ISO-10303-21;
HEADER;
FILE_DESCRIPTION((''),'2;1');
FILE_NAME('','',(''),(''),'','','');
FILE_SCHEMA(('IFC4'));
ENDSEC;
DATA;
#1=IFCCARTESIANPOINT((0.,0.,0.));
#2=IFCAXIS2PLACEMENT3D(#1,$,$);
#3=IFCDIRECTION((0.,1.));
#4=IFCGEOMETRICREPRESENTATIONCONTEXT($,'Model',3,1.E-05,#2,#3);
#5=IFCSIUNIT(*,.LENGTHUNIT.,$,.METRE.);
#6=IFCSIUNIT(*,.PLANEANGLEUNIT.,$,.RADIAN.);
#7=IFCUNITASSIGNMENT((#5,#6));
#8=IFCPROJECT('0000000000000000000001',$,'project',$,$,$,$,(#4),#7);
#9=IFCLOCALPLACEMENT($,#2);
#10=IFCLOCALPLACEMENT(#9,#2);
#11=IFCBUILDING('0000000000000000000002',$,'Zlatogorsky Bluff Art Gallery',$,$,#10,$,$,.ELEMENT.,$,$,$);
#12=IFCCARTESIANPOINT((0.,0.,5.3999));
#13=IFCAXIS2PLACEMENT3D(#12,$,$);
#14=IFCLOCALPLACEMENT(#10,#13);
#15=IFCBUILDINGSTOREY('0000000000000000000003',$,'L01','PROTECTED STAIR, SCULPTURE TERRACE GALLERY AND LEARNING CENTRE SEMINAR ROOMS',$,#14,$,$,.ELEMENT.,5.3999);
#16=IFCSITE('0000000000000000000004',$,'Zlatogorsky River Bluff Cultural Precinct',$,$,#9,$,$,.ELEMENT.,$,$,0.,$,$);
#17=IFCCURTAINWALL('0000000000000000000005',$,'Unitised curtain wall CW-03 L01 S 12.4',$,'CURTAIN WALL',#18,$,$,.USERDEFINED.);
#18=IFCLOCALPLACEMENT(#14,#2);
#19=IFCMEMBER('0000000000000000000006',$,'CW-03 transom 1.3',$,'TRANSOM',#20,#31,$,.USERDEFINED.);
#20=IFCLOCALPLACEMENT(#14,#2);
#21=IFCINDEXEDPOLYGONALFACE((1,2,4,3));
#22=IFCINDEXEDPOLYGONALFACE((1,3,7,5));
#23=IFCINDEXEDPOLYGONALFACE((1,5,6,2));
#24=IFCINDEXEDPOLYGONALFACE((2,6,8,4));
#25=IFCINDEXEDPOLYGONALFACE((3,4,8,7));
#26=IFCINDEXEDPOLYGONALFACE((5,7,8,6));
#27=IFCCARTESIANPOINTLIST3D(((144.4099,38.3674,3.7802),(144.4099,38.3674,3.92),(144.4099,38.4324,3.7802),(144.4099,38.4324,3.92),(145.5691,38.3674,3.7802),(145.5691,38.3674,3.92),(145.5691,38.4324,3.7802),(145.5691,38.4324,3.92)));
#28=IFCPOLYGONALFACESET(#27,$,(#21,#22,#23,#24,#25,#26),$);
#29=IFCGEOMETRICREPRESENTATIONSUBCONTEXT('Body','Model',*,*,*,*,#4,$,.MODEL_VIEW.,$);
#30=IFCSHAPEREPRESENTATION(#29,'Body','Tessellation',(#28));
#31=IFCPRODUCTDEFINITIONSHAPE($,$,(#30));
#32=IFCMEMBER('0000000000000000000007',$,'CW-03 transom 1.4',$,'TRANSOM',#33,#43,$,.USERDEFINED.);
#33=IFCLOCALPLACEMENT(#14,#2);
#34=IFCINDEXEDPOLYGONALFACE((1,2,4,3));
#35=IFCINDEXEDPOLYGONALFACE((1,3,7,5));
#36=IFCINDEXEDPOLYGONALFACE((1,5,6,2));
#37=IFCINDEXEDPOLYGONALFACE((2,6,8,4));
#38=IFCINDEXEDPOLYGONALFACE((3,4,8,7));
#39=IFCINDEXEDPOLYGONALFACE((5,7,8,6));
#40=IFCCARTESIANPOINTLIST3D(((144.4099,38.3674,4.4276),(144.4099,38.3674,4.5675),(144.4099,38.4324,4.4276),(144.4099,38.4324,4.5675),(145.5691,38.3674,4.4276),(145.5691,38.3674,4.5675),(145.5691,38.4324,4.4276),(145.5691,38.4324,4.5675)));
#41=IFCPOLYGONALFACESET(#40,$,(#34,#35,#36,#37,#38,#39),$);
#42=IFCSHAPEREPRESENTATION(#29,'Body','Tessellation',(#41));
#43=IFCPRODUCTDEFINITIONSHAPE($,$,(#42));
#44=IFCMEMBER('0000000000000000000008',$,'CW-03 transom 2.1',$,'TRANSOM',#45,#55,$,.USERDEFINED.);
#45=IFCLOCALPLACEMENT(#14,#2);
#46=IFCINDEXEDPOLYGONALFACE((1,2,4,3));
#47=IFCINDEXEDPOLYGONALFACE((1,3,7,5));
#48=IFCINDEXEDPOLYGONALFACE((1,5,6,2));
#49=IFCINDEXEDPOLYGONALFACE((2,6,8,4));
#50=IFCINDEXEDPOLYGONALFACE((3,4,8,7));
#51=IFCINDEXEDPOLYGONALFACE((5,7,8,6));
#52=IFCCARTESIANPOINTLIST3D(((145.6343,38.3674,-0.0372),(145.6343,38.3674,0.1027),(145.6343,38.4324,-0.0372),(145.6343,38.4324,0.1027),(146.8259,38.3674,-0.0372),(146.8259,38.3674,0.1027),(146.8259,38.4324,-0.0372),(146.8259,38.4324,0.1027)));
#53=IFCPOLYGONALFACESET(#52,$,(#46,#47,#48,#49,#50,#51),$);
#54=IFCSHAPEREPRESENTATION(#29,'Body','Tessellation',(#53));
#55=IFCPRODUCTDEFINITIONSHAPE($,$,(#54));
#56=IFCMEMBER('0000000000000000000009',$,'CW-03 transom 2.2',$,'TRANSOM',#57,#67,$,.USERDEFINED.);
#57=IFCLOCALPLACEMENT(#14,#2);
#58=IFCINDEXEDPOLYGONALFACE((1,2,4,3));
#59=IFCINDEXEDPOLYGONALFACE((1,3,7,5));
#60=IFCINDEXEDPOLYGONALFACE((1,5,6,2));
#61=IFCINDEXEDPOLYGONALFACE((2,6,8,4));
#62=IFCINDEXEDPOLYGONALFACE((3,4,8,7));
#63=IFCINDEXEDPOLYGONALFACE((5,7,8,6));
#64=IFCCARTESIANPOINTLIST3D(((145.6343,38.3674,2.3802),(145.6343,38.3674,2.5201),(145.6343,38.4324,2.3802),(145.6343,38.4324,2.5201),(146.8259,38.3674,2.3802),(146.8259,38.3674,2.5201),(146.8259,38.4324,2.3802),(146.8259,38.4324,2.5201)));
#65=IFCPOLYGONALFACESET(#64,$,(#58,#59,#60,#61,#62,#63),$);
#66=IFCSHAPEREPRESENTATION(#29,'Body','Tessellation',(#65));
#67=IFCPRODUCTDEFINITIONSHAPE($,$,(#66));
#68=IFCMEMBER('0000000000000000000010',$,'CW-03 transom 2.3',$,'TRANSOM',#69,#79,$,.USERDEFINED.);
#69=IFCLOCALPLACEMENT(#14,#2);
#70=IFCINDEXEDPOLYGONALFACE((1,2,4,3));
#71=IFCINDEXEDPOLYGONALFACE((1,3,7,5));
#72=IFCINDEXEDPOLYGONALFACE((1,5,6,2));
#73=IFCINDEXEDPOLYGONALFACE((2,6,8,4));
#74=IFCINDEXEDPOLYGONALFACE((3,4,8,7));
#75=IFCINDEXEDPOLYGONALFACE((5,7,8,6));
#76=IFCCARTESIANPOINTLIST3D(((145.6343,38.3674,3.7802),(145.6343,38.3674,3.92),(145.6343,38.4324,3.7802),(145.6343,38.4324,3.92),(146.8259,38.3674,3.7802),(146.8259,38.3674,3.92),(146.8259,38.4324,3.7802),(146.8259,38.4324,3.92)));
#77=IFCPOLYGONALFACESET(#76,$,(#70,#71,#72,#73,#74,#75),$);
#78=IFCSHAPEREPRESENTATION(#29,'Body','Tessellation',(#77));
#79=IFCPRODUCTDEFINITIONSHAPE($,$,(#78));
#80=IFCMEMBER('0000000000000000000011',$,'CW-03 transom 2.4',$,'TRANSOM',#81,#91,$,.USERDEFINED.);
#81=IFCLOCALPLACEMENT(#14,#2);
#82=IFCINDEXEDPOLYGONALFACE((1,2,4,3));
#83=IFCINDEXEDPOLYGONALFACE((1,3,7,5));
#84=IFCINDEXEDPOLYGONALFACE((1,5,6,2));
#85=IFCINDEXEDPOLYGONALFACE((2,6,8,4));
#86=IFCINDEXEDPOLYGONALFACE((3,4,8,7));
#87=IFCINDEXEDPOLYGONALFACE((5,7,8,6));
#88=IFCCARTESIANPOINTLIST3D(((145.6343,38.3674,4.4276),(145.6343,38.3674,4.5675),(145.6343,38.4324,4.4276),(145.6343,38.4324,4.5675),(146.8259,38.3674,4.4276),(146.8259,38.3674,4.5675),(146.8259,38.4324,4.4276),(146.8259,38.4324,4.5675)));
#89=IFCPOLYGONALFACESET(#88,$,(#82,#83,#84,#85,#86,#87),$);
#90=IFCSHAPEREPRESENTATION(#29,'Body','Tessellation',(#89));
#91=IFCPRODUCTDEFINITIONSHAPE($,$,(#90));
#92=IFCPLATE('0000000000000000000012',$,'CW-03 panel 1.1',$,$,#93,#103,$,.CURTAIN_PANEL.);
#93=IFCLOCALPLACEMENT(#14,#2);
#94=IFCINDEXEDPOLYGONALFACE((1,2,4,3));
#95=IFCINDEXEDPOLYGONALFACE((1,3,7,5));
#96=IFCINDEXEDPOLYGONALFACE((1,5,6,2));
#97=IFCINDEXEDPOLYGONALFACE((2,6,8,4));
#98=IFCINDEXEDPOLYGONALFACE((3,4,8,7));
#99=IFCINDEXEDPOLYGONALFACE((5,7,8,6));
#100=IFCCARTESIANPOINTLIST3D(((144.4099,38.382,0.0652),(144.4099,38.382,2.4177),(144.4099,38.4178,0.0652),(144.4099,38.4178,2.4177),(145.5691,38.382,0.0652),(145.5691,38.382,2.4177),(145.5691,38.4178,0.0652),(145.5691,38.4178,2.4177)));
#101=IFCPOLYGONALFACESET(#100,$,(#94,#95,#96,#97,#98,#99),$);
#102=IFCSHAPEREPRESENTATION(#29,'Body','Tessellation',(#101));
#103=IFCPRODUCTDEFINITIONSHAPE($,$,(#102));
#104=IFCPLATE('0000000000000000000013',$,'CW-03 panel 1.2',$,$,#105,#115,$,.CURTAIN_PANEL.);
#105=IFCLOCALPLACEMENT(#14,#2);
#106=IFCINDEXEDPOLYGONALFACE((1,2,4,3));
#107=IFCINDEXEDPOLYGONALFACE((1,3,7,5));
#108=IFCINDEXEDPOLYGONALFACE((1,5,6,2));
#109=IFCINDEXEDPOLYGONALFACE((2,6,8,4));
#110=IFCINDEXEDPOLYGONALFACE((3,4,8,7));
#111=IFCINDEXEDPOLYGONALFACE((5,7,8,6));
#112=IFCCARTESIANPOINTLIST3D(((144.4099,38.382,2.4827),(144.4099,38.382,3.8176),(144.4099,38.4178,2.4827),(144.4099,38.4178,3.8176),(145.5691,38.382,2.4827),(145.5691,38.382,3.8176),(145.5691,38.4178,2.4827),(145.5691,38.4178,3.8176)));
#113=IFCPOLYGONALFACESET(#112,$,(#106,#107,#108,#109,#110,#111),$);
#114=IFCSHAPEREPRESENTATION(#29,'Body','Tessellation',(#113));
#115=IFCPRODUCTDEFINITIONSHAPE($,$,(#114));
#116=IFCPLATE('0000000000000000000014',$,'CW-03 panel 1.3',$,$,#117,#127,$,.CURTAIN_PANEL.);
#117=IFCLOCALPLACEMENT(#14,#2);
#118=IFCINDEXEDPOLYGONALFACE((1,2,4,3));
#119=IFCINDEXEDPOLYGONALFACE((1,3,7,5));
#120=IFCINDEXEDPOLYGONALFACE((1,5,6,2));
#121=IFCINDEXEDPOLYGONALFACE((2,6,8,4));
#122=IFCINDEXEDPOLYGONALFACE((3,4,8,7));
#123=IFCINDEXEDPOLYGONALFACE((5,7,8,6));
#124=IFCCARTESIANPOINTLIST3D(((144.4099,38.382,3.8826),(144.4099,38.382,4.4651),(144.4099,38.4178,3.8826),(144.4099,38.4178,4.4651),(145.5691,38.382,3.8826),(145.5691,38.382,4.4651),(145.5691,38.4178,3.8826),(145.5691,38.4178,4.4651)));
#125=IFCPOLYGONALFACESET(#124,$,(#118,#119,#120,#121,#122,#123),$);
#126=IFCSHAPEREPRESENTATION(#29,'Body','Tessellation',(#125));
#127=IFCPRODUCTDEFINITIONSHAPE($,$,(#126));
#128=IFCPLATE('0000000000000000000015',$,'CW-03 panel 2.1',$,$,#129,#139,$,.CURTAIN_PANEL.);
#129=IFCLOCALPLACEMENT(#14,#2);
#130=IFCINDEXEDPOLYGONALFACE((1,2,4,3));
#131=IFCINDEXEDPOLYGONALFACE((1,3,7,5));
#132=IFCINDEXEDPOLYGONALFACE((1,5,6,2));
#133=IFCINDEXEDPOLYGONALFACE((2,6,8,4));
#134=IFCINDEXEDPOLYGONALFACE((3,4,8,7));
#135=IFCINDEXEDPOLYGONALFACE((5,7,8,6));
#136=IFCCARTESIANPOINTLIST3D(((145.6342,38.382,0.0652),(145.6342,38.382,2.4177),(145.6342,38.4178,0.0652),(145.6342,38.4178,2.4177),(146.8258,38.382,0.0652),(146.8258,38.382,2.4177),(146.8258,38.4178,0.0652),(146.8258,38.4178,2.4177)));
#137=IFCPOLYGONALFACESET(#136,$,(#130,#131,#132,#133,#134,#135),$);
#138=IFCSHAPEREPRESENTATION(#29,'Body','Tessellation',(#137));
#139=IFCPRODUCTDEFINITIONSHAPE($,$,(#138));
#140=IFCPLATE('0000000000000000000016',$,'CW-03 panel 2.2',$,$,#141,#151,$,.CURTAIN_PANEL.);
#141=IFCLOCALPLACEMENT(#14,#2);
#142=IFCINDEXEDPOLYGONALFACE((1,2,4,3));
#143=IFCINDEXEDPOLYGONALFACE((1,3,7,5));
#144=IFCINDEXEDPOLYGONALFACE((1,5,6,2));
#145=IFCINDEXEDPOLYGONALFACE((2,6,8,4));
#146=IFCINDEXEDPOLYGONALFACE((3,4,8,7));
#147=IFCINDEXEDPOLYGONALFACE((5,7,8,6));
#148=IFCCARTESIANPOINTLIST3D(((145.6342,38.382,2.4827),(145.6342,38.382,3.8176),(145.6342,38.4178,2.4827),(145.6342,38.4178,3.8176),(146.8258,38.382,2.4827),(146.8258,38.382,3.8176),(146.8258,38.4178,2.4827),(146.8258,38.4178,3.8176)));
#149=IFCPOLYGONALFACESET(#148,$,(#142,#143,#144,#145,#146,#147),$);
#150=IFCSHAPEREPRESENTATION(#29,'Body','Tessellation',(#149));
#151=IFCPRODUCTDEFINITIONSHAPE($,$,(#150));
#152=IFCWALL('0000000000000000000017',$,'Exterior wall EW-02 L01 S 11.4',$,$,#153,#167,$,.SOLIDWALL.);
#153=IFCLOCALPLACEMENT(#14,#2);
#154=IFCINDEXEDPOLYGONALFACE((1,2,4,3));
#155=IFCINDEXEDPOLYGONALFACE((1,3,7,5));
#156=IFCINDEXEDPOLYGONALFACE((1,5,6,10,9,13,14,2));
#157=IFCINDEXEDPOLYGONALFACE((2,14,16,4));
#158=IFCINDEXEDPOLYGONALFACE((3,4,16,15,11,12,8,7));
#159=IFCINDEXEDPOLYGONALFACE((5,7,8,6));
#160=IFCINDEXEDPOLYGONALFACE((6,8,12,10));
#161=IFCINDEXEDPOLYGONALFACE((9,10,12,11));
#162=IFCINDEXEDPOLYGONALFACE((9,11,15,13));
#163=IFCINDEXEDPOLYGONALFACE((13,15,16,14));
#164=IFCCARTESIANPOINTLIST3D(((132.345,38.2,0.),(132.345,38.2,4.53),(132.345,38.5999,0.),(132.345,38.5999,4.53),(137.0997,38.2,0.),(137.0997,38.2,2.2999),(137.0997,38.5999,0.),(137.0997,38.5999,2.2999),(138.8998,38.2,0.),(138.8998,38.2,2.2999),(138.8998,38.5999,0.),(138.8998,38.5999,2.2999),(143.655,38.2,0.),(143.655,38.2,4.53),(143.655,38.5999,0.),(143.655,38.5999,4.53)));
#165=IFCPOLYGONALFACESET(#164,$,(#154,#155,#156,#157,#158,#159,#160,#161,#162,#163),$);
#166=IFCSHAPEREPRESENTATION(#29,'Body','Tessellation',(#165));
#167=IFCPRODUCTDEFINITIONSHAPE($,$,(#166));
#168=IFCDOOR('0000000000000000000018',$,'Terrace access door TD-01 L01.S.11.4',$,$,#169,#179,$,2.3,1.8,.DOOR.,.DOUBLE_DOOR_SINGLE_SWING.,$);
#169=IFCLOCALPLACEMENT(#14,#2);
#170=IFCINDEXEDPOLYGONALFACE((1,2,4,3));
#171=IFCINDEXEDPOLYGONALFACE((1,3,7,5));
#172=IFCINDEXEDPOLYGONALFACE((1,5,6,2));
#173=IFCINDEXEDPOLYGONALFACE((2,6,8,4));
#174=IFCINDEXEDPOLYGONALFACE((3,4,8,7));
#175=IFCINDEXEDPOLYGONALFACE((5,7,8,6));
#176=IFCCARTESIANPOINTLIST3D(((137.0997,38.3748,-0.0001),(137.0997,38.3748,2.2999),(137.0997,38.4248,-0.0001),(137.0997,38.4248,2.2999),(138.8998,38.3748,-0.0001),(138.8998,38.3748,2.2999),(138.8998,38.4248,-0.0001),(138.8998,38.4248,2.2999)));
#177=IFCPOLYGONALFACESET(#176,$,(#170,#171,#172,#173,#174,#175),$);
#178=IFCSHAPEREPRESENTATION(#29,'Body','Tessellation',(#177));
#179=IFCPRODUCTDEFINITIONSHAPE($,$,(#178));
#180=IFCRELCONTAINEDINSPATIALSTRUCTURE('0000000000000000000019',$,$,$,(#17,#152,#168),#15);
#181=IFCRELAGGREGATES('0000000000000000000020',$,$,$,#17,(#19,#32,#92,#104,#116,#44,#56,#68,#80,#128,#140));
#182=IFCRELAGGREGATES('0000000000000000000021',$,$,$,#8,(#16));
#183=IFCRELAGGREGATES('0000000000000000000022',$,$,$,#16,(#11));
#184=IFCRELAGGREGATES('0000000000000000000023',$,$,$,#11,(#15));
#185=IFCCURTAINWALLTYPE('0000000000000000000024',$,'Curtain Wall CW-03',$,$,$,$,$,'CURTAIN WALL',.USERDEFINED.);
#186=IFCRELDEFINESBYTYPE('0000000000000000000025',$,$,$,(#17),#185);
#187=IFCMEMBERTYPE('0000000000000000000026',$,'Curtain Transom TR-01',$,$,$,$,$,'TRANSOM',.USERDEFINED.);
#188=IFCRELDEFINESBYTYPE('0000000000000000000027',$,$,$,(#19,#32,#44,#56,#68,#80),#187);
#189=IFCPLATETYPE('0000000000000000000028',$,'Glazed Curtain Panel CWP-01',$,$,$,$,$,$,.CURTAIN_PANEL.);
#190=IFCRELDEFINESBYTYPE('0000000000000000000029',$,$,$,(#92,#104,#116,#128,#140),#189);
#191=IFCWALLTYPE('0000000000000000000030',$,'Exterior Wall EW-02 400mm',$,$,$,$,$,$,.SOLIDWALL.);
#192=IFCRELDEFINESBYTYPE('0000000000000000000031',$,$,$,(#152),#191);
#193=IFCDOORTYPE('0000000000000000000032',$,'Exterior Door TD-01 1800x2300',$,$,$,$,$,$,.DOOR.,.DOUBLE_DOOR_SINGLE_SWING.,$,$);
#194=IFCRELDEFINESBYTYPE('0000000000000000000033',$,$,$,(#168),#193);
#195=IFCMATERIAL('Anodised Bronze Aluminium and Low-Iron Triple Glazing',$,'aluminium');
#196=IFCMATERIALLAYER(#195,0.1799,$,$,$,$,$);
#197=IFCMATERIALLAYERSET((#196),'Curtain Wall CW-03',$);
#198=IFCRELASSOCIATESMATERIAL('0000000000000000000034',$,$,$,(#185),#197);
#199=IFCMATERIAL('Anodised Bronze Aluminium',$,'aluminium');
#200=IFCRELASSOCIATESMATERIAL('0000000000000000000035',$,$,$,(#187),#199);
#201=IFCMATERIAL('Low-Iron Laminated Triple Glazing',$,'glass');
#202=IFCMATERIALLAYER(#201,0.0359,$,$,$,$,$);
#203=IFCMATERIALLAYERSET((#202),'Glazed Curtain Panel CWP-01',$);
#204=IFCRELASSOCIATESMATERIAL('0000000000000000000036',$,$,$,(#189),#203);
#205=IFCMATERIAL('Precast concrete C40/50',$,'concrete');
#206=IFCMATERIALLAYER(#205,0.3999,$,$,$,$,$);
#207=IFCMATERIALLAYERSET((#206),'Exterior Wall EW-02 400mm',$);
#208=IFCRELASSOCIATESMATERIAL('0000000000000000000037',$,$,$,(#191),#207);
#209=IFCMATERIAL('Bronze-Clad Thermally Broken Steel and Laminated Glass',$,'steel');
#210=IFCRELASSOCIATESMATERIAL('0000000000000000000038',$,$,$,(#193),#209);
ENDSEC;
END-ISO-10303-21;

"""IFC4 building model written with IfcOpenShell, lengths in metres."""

from ifc_helpers import new_model, si_unit, direction, frame, frame_2d, origin, origin_2d, place, context, subcontext, project, spatial, rectangle, extrude, material, layer, layer_set, material_profile, profile_set, type_object, element, fill, aggregate, save


model = new_model("IFC4")

# Units and contexts
model_context = context("Model", 3, precision=1e-05, world=origin(), true_north=direction((0.0, 1.0)))
body_context = subcontext(model_context, "Body", "Model", "MODEL_VIEW")
ifc_project = project(units=[si_unit("LENGTHUNIT", "METRE"), si_unit("PLANEANGLEUNIT", "RADIAN")], contexts=[model_context])

# Site, building, storey
site_placement = place(None, origin())
site = spatial("IfcSite", under=ifc_project, at=site_placement, Name="Zlatogorsky River Bluff Cultural Precinct", CompositionType="ELEMENT", RefElevation=0.0)
building_placement = place(site_placement, origin())
building = spatial("IfcBuilding", under=site, at=building_placement, Name="Zlatogorsky Bluff Art Gallery", CompositionType="ELEMENT")
storey_placement = place(building_placement, frame((0.0, 0.0, 5.3999)))
storey = spatial("IfcBuildingStorey", under=building, at=storey_placement, Name="L01", Description="PROTECTED STAIR, SCULPTURE TERRACE GALLERY AND LEARNING CENTRE SEMINAR ROOMS", CompositionType="ELEMENT", Elevation=5.3999)

# Curtain wall, members, plates
ifc_material_1 = material(Name="Anodised Bronze Aluminium and Low-Iron Triple Glazing", Category="aluminium")
ifc_layer_1 = layer(ifc_material_1, 0.1799)
ifc_layer_set_1 = layer_set([ifc_layer_1], Name="Curtain Wall CW-03")
curtain_wall_type = type_object("IfcCurtainWallType", Name="Curtain Wall CW-03", ElementType="CURTAIN WALL", PredefinedType="USERDEFINED", material=ifc_layer_set_1)
curtain_wall_placement = place(storey_placement, origin())
curtain_wall = element("IfcCurtainWall", 1, at=curtain_wall_placement, inside=storey, type_object=curtain_wall_type, Name="Unitised curtain wall CW-03 L01 S 12.4", ObjectType="CURTAIN WALL", PredefinedType="USERDEFINED")
ifc_material_2 = material(Name="Anodised Bronze Aluminium", Category="aluminium")
ifc_material_profile_1 = material_profile(ifc_material_2, rectangle(XDim=0.0649, YDim=0.1399, at=origin_2d()), Name="ALU TRANSOM 65x140")
ifc_profile_set_1 = profile_set([ifc_material_profile_1], Name="Anodised Bronze Aluminium")
member_type_1 = type_object("IfcMemberType", Name="Curtain Transom TR-01", ElementType="TRANSOM", PredefinedType="USERDEFINED", material=ifc_profile_set_1)
member_1_placement = place(storey_placement, frame((144.4099, 38.3999, 3.8501), z_axis=(1.0, 0.0, 0.0), x_axis=(0.0, 1.0, 0.0)))
member_1 = element("IfcMember", 2, at=member_1_placement, type_object=member_type_1, Name="CW-03 transom 1.3", ObjectType="TRANSOM", PredefinedType="USERDEFINED", context=body_context, shape_type="SweptSolid", body=[
    extrude(rectangle(XDim=0.0649, YDim=0.1399, at=origin_2d()), origin(), (0.0, 0.0, 1.0), 1.1592),
])
member_2_placement = place(storey_placement, frame((144.4099, 38.3999, 4.4976), z_axis=(1.0, 0.0, 0.0), x_axis=(0.0, 1.0, 0.0)))
member_2 = element("IfcMember", 3, at=member_2_placement, type_object=member_type_1, Name="CW-03 transom 1.4", ObjectType="TRANSOM", PredefinedType="USERDEFINED", context=body_context, shape_type="SweptSolid", body=[
    extrude(rectangle(XDim=0.0649, YDim=0.1399, at=origin_2d()), origin(), (0.0, 0.0, 1.0), 1.1592),
])
member_3_placement = place(storey_placement, frame((145.6343, 38.3999, 0.0327), z_axis=(1.0, 0.0, 0.0), x_axis=(0.0, 1.0, 0.0)))
member_3 = element("IfcMember", 4, at=member_3_placement, type_object=member_type_1, Name="CW-03 transom 2.1", ObjectType="TRANSOM", PredefinedType="USERDEFINED", context=body_context, shape_type="SweptSolid", body=[
    extrude(rectangle(XDim=0.0649, YDim=0.1399, at=origin_2d()), origin(), (0.0, 0.0, 1.0), 1.1917),
])
member_4_placement = place(storey_placement, frame((145.6343, 38.3999, 2.4502), z_axis=(1.0, 0.0, 0.0), x_axis=(0.0, 1.0, 0.0)))
member_4 = element("IfcMember", 5, at=member_4_placement, type_object=member_type_1, Name="CW-03 transom 2.2", ObjectType="TRANSOM", PredefinedType="USERDEFINED", context=body_context, shape_type="SweptSolid", body=[
    extrude(rectangle(XDim=0.0649, YDim=0.1399, at=origin_2d()), origin(), (0.0, 0.0, 1.0), 1.1917),
])
member_5_placement = place(storey_placement, frame((145.6343, 38.3999, 3.8501), z_axis=(1.0, 0.0, 0.0), x_axis=(0.0, 1.0, 0.0)))
member_5 = element("IfcMember", 6, at=member_5_placement, type_object=member_type_1, Name="CW-03 transom 2.3", ObjectType="TRANSOM", PredefinedType="USERDEFINED", context=body_context, shape_type="SweptSolid", body=[
    extrude(rectangle(XDim=0.0649, YDim=0.1399, at=origin_2d()), origin(), (0.0, 0.0, 1.0), 1.1917),
])
member_6_placement = place(storey_placement, frame((145.6343, 38.3999, 4.4976), z_axis=(1.0, 0.0, 0.0), x_axis=(0.0, 1.0, 0.0)))
member_6 = element("IfcMember", 7, at=member_6_placement, type_object=member_type_1, Name="CW-03 transom 2.4", ObjectType="TRANSOM", PredefinedType="USERDEFINED", context=body_context, shape_type="SweptSolid", body=[
    extrude(rectangle(XDim=0.0649, YDim=0.1399, at=origin_2d()), origin(), (0.0, 0.0, 1.0), 1.1917),
])
ifc_material_3 = material(Name="Low-Iron Laminated Triple Glazing", Category="glass")
ifc_layer_2 = layer(ifc_material_3, 0.0359)
ifc_layer_set_2 = layer_set([ifc_layer_2], Name="Glazed Curtain Panel CWP-01")
plate_type = type_object("IfcPlateType", Name="Glazed Curtain Panel CWP-01", PredefinedType="CURTAIN_PANEL", material=ifc_layer_set_2)
plate_1_placement = place(storey_placement, frame((144.9895, 38.3999, 0.0652), z_axis=(0.0, 0.0, 1.0), x_axis=(1.0, 0.0, 0.0)))
plate_1 = element("IfcPlate", 8, at=plate_1_placement, type_object=plate_type, Name="CW-03 panel 1.1", PredefinedType="CURTAIN_PANEL", context=body_context, shape_type="SweptSolid", body=[
    extrude(rectangle(XDim=1.1592, YDim=0.0359, at=origin_2d()), origin(), (0.0, 0.0, 1.0), 2.3525),
])
plate_2_placement = place(storey_placement, frame((144.9895, 38.3999, 2.4827), z_axis=(0.0, 0.0, 1.0), x_axis=(1.0, 0.0, 0.0)))
plate_2 = element("IfcPlate", 9, at=plate_2_placement, type_object=plate_type, Name="CW-03 panel 1.2", PredefinedType="CURTAIN_PANEL", context=body_context, shape_type="SweptSolid", body=[
    extrude(rectangle(XDim=1.1592, YDim=0.0359, at=origin_2d()), origin(), (0.0, 0.0, 1.0), 1.335),
])
plate_3_placement = place(storey_placement, frame((144.9895, 38.3999, 3.8826), z_axis=(0.0, 0.0, 1.0), x_axis=(1.0, 0.0, 0.0)))
plate_3 = element("IfcPlate", 10, at=plate_3_placement, type_object=plate_type, Name="CW-03 panel 1.3", PredefinedType="CURTAIN_PANEL", context=body_context, shape_type="SweptSolid", body=[
    extrude(rectangle(XDim=1.1592, YDim=0.0359, at=origin_2d()), origin(), (0.0, 0.0, 1.0), 0.5825),
])
plate_4_placement = place(storey_placement, frame((146.23, 38.3999, 0.0652), z_axis=(0.0, 0.0, 1.0), x_axis=(1.0, 0.0, 0.0)))
plate_4 = element("IfcPlate", 11, at=plate_4_placement, type_object=plate_type, Name="CW-03 panel 2.1", PredefinedType="CURTAIN_PANEL", context=body_context, shape_type="SweptSolid", body=[
    extrude(rectangle(XDim=1.1917, YDim=0.0359, at=origin_2d()), origin(), (0.0, 0.0, 1.0), 2.3525),
])
plate_5_placement = place(storey_placement, frame((146.23, 38.3999, 2.4827), z_axis=(0.0, 0.0, 1.0), x_axis=(1.0, 0.0, 0.0)))
plate_5 = element("IfcPlate", 12, at=plate_5_placement, type_object=plate_type, Name="CW-03 panel 2.2", PredefinedType="CURTAIN_PANEL", context=body_context, shape_type="SweptSolid", body=[
    extrude(rectangle(XDim=1.1917, YDim=0.0359, at=origin_2d()), origin(), (0.0, 0.0, 1.0), 1.335),
])
aggregate(curtain_wall, [member_1, member_2, plate_1, plate_2, plate_3, member_3, member_4, member_5, member_6, plate_4, plate_5])

# Wall, opening, door
ifc_material_4 = material(Name="Precast concrete C40/50", Category="concrete")
ifc_layer_3 = layer(ifc_material_4, 0.3999)
ifc_layer_set_3 = layer_set([ifc_layer_3], Name="Exterior Wall EW-02 400mm")
wall_type = type_object("IfcWallType", Name="Exterior Wall EW-02 400mm", PredefinedType="SOLIDWALL", material=ifc_layer_set_3)
wall_placement = place(storey_placement, frame((132.345, 38.3999, 0.0), z_axis=(0.0, 0.0, 1.0), x_axis=(1.0, 0.0, 0.0)))
wall = element("IfcWall", 13, at=wall_placement, inside=storey, type_object=wall_type, Name="Exterior wall EW-02 L01 S 11.4", PredefinedType="SOLIDWALL", context=body_context, shape_type="SweptSolid", body=[
    extrude(rectangle(XDim=11.3101, YDim=0.3999, at=frame_2d((5.655, 0.0))), origin(), (0.0, 0.0, 1.0), 4.53),
])
opening_placement = place(wall_placement, frame((4.7549, 0.0, 0.0)))
opening = element("IfcOpeningElement", 14, at=opening_placement, cuts=wall, PredefinedType="OPENING", context=body_context, shape_type="SweptSolid", body=[
    extrude(rectangle(XDim=1.8, YDim=2.3, at=frame_2d((0.8999, 1.1499))), frame((0.0, 0.21, 0.0), z_axis=(0.0, -1.0, 0.0), x_axis=(1.0, 0.0, 0.0)), (0.0, 0.0, 1.0), 0.4199),
])
ifc_material_5 = material(Name="Bronze-Clad Thermally Broken Steel and Laminated Glass", Category="steel")
door_type = type_object("IfcDoorType", Name="Exterior Door TD-01 1800x2300", OperationType="DOUBLE_DOOR_SINGLE_SWING", PredefinedType="DOOR", material=ifc_material_5)
door_placement = place(opening_placement, origin())
door = element("IfcDoor", 15, at=door_placement, inside=storey, type_object=door_type, Name="Terrace access door TD-01 L01.S.11.4", OperationType="DOUBLE_DOOR_SINGLE_SWING", OverallHeight=2.3, OverallWidth=1.8, PredefinedType="DOOR", context=body_context, shape_type="SweptSolid", body=[
    extrude(rectangle(XDim=1.8, YDim=2.3, at=frame_2d((0.8999, 1.1499))), frame((0.0, 0.0249, 0.0), z_axis=(0.0, -1.0, 0.0), x_axis=(1.0, 0.0, 0.0)), (0.0, 0.0, 1.0), 0.05),
])
fill(opening, door)

save(model, "model.ifc")
